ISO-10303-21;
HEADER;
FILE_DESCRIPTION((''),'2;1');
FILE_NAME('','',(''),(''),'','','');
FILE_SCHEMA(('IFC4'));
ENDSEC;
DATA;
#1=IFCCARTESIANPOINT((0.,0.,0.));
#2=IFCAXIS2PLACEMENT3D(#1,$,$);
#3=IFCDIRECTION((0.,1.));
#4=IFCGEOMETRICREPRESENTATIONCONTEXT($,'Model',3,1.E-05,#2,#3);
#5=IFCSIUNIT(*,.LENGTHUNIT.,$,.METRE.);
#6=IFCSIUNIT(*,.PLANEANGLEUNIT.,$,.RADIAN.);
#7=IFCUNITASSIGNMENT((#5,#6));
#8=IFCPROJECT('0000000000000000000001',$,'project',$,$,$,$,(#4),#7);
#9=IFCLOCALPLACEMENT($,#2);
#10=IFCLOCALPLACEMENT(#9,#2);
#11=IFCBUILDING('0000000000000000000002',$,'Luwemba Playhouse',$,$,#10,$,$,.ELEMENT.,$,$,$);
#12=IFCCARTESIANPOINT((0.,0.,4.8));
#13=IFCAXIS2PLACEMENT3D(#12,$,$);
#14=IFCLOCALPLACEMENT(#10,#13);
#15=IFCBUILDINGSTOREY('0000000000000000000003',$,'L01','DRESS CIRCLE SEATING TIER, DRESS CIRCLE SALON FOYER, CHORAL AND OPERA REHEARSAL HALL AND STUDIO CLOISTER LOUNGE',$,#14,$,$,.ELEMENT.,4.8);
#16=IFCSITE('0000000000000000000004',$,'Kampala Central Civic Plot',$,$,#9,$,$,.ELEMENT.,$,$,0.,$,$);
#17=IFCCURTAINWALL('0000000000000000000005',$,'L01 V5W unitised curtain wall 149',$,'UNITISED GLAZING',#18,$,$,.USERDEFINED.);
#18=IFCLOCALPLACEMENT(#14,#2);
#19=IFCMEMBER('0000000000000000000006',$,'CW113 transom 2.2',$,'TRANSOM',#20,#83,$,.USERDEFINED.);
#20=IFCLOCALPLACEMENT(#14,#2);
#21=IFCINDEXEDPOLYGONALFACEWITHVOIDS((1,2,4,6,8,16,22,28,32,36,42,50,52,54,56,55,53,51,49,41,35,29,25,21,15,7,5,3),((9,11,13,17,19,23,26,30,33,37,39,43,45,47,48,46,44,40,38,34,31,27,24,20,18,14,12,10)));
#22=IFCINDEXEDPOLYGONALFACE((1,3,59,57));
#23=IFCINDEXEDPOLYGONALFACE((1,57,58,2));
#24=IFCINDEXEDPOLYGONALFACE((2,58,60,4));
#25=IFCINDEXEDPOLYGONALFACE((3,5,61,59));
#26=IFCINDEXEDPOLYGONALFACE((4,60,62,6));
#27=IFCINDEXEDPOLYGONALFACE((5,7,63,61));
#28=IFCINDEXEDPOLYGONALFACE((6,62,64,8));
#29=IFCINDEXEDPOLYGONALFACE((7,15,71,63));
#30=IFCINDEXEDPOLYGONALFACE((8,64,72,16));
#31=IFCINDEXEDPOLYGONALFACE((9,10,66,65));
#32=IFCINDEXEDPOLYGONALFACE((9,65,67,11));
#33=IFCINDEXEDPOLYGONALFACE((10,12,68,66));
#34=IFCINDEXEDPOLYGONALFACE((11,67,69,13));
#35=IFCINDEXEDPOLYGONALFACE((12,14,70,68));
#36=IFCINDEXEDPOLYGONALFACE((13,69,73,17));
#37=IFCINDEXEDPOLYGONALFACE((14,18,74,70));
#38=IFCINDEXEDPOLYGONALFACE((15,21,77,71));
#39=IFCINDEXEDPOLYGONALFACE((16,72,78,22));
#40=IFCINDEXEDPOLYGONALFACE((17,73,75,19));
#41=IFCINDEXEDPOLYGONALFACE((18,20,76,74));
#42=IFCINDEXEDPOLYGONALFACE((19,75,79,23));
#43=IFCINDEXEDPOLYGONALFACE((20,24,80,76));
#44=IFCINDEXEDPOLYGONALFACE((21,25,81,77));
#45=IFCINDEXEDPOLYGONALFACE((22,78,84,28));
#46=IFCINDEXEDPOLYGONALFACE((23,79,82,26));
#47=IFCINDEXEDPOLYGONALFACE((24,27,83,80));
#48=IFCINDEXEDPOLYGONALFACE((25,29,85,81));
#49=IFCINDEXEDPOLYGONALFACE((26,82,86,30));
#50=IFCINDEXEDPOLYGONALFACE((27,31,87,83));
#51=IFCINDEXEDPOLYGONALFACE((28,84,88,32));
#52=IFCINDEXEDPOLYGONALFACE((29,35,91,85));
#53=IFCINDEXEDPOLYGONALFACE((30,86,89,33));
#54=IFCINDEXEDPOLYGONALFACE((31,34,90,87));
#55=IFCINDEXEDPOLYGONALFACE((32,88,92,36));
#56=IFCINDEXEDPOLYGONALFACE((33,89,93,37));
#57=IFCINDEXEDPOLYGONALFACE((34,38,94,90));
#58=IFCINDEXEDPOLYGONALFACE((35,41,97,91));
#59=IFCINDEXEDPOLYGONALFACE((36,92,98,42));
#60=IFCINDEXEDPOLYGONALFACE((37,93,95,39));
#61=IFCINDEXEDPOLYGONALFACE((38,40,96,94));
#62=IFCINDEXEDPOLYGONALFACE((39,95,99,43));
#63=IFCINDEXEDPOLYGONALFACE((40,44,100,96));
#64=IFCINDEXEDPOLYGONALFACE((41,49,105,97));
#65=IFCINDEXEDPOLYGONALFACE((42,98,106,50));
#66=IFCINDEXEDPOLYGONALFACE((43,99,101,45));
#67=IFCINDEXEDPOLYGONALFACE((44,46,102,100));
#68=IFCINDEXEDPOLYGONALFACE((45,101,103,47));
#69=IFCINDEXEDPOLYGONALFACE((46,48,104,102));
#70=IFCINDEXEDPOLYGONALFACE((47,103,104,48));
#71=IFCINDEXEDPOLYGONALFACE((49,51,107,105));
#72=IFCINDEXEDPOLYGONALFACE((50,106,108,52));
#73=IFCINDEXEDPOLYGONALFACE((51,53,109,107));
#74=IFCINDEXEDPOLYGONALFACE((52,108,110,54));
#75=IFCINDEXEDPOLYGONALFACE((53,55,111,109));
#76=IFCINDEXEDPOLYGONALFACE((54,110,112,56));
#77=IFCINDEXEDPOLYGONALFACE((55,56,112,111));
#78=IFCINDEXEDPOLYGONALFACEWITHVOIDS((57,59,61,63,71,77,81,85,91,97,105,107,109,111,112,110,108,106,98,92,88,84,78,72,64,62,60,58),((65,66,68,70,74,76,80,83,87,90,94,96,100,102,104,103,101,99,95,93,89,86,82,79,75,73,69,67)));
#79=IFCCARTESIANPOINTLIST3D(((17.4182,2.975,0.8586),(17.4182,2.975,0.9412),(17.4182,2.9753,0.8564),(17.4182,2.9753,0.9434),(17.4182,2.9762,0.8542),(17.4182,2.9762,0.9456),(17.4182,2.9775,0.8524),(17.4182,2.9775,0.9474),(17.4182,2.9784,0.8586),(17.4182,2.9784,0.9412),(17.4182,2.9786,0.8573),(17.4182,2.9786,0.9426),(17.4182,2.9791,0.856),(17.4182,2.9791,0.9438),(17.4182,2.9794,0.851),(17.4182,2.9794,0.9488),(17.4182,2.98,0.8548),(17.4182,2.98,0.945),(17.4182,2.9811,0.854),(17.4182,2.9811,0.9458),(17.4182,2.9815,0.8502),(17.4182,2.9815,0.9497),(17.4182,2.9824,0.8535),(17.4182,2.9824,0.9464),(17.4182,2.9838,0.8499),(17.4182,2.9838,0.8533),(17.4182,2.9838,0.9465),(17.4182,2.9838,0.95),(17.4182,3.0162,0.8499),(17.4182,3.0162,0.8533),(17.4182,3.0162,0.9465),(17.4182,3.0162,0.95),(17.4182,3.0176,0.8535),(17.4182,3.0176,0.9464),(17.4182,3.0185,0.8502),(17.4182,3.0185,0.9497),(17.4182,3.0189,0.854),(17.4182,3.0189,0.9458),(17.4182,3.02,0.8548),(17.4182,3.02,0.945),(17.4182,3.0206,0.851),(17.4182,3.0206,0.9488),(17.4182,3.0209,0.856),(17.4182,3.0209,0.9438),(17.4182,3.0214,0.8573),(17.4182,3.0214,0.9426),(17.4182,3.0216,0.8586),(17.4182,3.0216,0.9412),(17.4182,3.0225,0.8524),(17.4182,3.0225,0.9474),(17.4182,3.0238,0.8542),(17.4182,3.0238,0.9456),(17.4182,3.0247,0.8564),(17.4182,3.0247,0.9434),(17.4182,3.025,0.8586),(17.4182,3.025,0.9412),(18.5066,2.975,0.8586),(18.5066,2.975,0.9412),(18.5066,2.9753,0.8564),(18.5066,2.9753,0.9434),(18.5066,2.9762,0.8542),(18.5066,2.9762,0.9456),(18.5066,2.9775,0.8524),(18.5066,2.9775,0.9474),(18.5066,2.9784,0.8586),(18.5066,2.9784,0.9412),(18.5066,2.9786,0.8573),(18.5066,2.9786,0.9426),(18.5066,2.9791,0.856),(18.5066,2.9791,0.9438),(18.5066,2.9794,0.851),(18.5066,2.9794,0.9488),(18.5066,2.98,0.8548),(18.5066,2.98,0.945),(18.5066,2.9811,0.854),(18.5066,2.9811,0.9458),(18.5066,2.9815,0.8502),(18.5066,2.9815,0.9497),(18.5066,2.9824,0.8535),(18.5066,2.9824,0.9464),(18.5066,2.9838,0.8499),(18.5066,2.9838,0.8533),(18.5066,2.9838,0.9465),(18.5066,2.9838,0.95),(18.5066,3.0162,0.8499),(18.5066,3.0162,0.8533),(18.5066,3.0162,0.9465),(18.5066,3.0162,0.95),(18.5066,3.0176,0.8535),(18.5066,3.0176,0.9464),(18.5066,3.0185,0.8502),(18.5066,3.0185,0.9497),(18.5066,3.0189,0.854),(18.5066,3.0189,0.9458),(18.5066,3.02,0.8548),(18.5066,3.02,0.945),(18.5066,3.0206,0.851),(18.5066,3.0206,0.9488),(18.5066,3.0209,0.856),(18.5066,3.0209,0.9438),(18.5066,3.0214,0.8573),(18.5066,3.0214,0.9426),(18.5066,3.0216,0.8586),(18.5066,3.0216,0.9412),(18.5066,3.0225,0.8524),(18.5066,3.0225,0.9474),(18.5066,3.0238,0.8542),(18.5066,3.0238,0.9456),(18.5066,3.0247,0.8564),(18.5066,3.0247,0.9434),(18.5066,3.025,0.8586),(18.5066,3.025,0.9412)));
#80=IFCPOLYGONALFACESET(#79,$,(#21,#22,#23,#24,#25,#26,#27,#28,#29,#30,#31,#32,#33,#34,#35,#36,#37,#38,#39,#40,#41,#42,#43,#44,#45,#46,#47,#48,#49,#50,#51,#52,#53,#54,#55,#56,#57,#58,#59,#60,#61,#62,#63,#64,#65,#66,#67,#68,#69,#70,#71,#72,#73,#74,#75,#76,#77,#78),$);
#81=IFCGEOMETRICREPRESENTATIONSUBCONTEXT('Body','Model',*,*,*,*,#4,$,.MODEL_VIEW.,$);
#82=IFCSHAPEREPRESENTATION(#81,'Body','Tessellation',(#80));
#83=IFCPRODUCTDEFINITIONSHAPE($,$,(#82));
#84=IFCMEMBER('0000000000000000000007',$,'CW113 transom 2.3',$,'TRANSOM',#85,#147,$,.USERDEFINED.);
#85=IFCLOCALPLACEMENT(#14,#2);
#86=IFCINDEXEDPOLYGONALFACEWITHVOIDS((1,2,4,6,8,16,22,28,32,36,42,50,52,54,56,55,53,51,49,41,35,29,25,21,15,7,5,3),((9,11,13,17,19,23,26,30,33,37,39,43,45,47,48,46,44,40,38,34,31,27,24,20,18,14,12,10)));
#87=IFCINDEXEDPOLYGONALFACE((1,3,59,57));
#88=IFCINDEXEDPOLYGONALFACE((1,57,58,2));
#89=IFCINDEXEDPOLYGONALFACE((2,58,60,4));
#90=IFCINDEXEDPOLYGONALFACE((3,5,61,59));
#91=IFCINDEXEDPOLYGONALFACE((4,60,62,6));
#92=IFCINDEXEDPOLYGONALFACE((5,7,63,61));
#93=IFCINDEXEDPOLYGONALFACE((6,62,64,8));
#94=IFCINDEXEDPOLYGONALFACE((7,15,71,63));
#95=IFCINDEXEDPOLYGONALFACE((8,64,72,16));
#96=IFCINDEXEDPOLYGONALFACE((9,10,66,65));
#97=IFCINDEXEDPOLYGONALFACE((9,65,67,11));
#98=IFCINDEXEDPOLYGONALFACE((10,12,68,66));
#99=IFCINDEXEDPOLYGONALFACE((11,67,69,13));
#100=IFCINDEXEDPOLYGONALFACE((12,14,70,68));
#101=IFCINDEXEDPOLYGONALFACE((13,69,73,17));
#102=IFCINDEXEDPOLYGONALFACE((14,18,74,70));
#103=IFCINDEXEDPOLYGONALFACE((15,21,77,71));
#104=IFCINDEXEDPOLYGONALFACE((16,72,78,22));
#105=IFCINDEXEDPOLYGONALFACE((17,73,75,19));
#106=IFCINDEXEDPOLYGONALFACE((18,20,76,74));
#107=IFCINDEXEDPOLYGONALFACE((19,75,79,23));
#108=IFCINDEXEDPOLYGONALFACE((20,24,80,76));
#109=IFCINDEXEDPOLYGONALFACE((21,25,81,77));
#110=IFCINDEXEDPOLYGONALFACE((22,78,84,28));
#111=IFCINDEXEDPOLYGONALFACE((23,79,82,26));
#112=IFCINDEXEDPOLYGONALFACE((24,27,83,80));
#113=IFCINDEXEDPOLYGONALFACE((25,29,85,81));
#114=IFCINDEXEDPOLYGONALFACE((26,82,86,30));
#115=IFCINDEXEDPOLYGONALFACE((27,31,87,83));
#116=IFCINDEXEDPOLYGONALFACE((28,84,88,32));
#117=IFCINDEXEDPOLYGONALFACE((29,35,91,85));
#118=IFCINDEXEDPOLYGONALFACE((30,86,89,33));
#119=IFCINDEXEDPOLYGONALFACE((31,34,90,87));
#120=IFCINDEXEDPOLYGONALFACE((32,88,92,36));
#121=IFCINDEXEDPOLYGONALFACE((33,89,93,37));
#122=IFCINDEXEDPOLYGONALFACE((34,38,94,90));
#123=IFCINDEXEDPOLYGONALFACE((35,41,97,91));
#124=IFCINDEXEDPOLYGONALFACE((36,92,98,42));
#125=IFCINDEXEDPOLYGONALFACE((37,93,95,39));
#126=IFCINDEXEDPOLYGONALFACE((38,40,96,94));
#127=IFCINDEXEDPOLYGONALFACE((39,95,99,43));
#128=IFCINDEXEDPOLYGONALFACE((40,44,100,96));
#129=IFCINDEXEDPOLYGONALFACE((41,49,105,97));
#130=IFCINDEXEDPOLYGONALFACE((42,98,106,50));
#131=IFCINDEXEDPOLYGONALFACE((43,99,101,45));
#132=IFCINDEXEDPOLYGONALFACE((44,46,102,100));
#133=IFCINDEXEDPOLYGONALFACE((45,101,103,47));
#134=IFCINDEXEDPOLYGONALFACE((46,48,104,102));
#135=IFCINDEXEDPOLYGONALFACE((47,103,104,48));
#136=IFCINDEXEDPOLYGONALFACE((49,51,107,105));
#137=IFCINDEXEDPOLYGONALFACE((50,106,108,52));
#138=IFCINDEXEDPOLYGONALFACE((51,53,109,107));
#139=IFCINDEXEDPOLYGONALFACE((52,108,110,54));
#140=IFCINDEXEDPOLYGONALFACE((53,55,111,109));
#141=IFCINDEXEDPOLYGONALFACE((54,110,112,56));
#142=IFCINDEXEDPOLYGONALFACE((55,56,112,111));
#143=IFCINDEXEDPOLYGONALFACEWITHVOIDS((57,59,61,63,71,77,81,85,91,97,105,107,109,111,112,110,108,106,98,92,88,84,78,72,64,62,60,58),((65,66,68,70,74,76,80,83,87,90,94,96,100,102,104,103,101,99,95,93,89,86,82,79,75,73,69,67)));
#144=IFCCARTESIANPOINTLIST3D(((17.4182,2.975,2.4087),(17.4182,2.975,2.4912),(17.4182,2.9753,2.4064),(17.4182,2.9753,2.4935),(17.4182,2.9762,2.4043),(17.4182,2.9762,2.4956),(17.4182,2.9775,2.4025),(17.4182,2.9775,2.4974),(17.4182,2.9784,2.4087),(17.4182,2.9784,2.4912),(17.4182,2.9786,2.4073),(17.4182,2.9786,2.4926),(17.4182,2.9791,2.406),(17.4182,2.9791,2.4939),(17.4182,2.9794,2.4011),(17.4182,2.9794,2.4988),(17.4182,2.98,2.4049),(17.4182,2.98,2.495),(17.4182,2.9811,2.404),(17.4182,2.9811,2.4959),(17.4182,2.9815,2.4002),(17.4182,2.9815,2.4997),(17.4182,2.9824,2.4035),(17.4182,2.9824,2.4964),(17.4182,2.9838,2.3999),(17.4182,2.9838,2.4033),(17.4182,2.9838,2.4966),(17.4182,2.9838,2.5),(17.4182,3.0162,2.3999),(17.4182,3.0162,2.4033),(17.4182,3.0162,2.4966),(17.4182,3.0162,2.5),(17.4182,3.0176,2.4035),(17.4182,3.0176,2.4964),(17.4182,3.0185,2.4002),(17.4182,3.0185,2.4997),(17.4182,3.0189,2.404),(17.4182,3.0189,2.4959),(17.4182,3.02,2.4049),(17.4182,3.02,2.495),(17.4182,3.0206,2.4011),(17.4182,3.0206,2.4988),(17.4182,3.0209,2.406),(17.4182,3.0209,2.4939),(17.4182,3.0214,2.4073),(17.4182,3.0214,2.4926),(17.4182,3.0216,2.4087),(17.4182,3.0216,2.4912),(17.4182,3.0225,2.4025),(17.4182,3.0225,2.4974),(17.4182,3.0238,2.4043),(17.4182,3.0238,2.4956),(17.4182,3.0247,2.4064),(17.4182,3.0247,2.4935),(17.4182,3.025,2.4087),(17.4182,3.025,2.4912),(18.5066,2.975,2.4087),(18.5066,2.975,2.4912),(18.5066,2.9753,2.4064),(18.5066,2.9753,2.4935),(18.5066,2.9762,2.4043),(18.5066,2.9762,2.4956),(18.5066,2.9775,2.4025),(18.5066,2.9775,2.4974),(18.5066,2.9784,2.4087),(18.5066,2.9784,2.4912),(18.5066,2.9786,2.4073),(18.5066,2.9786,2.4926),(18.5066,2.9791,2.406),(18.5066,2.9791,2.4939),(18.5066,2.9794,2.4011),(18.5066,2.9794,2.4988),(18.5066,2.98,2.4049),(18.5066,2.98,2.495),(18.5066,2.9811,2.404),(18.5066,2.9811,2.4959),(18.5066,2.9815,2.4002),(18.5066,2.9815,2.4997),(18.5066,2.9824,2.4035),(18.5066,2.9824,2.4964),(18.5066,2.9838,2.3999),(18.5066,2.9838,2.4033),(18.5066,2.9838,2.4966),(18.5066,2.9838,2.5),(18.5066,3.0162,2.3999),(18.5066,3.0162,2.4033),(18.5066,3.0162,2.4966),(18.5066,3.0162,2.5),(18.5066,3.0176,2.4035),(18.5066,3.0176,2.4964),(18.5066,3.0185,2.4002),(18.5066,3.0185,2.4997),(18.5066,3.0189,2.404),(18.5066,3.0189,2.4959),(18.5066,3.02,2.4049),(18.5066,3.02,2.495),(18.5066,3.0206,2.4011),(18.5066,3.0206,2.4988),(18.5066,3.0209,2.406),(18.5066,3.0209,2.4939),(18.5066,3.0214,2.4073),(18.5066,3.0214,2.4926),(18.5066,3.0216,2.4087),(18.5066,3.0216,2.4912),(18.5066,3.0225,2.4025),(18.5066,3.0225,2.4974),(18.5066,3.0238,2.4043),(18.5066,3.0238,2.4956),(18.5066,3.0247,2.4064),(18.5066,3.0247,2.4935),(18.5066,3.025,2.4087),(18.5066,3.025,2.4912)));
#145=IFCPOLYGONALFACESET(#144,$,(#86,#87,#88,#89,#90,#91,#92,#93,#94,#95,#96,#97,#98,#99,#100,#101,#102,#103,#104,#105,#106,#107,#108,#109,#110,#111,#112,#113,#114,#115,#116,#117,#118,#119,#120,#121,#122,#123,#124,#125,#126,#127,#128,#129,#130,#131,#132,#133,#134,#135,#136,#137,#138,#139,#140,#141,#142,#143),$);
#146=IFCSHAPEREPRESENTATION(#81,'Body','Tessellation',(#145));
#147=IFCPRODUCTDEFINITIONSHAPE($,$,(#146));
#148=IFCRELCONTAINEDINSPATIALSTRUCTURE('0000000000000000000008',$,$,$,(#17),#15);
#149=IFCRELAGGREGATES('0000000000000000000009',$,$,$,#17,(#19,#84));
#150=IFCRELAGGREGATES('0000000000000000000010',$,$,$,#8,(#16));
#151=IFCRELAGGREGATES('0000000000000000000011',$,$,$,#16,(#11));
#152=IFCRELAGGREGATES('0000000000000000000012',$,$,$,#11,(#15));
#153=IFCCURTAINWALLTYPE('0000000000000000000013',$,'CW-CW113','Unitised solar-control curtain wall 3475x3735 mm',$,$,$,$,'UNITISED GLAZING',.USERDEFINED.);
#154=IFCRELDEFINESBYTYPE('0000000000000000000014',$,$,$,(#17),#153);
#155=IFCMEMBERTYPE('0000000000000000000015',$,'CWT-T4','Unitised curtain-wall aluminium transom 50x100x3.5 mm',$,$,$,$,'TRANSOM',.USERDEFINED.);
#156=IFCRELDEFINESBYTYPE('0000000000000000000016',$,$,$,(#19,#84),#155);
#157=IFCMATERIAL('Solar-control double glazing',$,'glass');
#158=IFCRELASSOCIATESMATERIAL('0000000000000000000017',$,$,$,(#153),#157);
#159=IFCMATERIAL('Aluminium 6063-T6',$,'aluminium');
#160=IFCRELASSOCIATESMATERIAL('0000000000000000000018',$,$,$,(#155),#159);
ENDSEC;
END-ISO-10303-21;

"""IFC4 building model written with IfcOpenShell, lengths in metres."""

from ifc_helpers import new_model, si_unit, direction, frame, origin, origin_2d, place, context, subcontext, project, spatial, hollow_rectangle, extrude, material, material_profile, profile_set, type_object, element, aggregate, save


model = new_model("IFC4")

# Units and contexts
model_context = context("Model", 3, precision=1e-05, world=origin(), true_north=direction((0.0, 1.0)))
body_context = subcontext(model_context, "Body", "Model", "MODEL_VIEW")
ifc_project = project(units=[si_unit("LENGTHUNIT", "METRE"), si_unit("PLANEANGLEUNIT", "RADIAN")], contexts=[model_context])

# Site, building, storey
site_placement = place(None, origin())
site = spatial("IfcSite", under=ifc_project, at=site_placement, Name="Kampala Central Civic Plot", CompositionType="ELEMENT", RefElevation=0.0)
building_placement = place(site_placement, origin())
building = spatial("IfcBuilding", under=site, at=building_placement, Name="Luwemba Playhouse", CompositionType="ELEMENT")
storey_placement = place(building_placement, frame((0.0, 0.0, 4.8)))
storey = spatial("IfcBuildingStorey", under=building, at=storey_placement, Name="L01", Description="DRESS CIRCLE SEATING TIER, DRESS CIRCLE SALON FOYER, CHORAL AND OPERA REHEARSAL HALL AND STUDIO CLOISTER LOUNGE", CompositionType="ELEMENT", Elevation=4.8)

# Curtain wall
ifc_material_1 = material(Name="Solar-control double glazing", Category="glass")
ifc_material_2 = material(Name="Aluminium 6063-T6", Category="aluminium")
curtain_wall_type_1 = type_object("IfcCurtainWallType", Name="CW-CW113", Description="Unitised solar-control curtain wall 3475x3735 mm", ElementType="UNITISED GLAZING", PredefinedType="USERDEFINED", material=ifc_material_1)
curtain_wall_1_placement = place(storey_placement, origin())
curtain_wall_1 = element("IfcCurtainWall", 1, at=curtain_wall_1_placement, inside=storey, type_object=curtain_wall_type_1, Name="L01 V5W unitised curtain wall 149", ObjectType="UNITISED GLAZING", PredefinedType="USERDEFINED")

# Members
ifc_material_profile_1 = material_profile(ifc_material_2, hollow_rectangle(XDim=0.05, YDim=0.1001, WallThickness=0.0034, InnerFilletRadius=0.0054, OuterFilletRadius=0.0088, at=origin_2d()))
ifc_profile_set_1 = profile_set([ifc_material_profile_1], Name="Aluminium 6063-T6")
member_type_1 = type_object("IfcMemberType", Name="CWT-T4", Description="Unitised curtain-wall aluminium transom 50x100x3.5 mm", ElementType="TRANSOM", PredefinedType="USERDEFINED", material=ifc_profile_set_1)
member_1_placement = place(storey_placement, frame((18.5066, 3.0, 0.8999), z_axis=(-1.0, 0.0, 0.0), x_axis=(0.0, -1.0, 0.0)))
member_1 = element("IfcMember", 2, at=member_1_placement, type_object=member_type_1, Name="CW113 transom 2.2", ObjectType="TRANSOM", PredefinedType="USERDEFINED", context=body_context, shape_type="SweptSolid", body=[
    extrude(hollow_rectangle(XDim=0.05, YDim=0.1001, WallThickness=0.0034, InnerFilletRadius=0.0054, OuterFilletRadius=0.0088, at=origin_2d()), origin(), (0.0, 0.0, 1.0), 1.0884),
])
member_2_placement = place(storey_placement, frame((18.5066, 3.0, 2.45), z_axis=(-1.0, 0.0, 0.0), x_axis=(0.0, -1.0, 0.0)))
member_2 = element("IfcMember", 3, at=member_2_placement, type_object=member_type_1, Name="CW113 transom 2.3", ObjectType="TRANSOM", PredefinedType="USERDEFINED", context=body_context, shape_type="SweptSolid", body=[
    extrude(hollow_rectangle(XDim=0.05, YDim=0.1001, WallThickness=0.0034, InnerFilletRadius=0.0054, OuterFilletRadius=0.0088, at=origin_2d()), origin(), (0.0, 0.0, 1.0), 1.0884),
])

aggregate(curtain_wall_1, [member_1, member_2])

save(model, "model.ifc")
